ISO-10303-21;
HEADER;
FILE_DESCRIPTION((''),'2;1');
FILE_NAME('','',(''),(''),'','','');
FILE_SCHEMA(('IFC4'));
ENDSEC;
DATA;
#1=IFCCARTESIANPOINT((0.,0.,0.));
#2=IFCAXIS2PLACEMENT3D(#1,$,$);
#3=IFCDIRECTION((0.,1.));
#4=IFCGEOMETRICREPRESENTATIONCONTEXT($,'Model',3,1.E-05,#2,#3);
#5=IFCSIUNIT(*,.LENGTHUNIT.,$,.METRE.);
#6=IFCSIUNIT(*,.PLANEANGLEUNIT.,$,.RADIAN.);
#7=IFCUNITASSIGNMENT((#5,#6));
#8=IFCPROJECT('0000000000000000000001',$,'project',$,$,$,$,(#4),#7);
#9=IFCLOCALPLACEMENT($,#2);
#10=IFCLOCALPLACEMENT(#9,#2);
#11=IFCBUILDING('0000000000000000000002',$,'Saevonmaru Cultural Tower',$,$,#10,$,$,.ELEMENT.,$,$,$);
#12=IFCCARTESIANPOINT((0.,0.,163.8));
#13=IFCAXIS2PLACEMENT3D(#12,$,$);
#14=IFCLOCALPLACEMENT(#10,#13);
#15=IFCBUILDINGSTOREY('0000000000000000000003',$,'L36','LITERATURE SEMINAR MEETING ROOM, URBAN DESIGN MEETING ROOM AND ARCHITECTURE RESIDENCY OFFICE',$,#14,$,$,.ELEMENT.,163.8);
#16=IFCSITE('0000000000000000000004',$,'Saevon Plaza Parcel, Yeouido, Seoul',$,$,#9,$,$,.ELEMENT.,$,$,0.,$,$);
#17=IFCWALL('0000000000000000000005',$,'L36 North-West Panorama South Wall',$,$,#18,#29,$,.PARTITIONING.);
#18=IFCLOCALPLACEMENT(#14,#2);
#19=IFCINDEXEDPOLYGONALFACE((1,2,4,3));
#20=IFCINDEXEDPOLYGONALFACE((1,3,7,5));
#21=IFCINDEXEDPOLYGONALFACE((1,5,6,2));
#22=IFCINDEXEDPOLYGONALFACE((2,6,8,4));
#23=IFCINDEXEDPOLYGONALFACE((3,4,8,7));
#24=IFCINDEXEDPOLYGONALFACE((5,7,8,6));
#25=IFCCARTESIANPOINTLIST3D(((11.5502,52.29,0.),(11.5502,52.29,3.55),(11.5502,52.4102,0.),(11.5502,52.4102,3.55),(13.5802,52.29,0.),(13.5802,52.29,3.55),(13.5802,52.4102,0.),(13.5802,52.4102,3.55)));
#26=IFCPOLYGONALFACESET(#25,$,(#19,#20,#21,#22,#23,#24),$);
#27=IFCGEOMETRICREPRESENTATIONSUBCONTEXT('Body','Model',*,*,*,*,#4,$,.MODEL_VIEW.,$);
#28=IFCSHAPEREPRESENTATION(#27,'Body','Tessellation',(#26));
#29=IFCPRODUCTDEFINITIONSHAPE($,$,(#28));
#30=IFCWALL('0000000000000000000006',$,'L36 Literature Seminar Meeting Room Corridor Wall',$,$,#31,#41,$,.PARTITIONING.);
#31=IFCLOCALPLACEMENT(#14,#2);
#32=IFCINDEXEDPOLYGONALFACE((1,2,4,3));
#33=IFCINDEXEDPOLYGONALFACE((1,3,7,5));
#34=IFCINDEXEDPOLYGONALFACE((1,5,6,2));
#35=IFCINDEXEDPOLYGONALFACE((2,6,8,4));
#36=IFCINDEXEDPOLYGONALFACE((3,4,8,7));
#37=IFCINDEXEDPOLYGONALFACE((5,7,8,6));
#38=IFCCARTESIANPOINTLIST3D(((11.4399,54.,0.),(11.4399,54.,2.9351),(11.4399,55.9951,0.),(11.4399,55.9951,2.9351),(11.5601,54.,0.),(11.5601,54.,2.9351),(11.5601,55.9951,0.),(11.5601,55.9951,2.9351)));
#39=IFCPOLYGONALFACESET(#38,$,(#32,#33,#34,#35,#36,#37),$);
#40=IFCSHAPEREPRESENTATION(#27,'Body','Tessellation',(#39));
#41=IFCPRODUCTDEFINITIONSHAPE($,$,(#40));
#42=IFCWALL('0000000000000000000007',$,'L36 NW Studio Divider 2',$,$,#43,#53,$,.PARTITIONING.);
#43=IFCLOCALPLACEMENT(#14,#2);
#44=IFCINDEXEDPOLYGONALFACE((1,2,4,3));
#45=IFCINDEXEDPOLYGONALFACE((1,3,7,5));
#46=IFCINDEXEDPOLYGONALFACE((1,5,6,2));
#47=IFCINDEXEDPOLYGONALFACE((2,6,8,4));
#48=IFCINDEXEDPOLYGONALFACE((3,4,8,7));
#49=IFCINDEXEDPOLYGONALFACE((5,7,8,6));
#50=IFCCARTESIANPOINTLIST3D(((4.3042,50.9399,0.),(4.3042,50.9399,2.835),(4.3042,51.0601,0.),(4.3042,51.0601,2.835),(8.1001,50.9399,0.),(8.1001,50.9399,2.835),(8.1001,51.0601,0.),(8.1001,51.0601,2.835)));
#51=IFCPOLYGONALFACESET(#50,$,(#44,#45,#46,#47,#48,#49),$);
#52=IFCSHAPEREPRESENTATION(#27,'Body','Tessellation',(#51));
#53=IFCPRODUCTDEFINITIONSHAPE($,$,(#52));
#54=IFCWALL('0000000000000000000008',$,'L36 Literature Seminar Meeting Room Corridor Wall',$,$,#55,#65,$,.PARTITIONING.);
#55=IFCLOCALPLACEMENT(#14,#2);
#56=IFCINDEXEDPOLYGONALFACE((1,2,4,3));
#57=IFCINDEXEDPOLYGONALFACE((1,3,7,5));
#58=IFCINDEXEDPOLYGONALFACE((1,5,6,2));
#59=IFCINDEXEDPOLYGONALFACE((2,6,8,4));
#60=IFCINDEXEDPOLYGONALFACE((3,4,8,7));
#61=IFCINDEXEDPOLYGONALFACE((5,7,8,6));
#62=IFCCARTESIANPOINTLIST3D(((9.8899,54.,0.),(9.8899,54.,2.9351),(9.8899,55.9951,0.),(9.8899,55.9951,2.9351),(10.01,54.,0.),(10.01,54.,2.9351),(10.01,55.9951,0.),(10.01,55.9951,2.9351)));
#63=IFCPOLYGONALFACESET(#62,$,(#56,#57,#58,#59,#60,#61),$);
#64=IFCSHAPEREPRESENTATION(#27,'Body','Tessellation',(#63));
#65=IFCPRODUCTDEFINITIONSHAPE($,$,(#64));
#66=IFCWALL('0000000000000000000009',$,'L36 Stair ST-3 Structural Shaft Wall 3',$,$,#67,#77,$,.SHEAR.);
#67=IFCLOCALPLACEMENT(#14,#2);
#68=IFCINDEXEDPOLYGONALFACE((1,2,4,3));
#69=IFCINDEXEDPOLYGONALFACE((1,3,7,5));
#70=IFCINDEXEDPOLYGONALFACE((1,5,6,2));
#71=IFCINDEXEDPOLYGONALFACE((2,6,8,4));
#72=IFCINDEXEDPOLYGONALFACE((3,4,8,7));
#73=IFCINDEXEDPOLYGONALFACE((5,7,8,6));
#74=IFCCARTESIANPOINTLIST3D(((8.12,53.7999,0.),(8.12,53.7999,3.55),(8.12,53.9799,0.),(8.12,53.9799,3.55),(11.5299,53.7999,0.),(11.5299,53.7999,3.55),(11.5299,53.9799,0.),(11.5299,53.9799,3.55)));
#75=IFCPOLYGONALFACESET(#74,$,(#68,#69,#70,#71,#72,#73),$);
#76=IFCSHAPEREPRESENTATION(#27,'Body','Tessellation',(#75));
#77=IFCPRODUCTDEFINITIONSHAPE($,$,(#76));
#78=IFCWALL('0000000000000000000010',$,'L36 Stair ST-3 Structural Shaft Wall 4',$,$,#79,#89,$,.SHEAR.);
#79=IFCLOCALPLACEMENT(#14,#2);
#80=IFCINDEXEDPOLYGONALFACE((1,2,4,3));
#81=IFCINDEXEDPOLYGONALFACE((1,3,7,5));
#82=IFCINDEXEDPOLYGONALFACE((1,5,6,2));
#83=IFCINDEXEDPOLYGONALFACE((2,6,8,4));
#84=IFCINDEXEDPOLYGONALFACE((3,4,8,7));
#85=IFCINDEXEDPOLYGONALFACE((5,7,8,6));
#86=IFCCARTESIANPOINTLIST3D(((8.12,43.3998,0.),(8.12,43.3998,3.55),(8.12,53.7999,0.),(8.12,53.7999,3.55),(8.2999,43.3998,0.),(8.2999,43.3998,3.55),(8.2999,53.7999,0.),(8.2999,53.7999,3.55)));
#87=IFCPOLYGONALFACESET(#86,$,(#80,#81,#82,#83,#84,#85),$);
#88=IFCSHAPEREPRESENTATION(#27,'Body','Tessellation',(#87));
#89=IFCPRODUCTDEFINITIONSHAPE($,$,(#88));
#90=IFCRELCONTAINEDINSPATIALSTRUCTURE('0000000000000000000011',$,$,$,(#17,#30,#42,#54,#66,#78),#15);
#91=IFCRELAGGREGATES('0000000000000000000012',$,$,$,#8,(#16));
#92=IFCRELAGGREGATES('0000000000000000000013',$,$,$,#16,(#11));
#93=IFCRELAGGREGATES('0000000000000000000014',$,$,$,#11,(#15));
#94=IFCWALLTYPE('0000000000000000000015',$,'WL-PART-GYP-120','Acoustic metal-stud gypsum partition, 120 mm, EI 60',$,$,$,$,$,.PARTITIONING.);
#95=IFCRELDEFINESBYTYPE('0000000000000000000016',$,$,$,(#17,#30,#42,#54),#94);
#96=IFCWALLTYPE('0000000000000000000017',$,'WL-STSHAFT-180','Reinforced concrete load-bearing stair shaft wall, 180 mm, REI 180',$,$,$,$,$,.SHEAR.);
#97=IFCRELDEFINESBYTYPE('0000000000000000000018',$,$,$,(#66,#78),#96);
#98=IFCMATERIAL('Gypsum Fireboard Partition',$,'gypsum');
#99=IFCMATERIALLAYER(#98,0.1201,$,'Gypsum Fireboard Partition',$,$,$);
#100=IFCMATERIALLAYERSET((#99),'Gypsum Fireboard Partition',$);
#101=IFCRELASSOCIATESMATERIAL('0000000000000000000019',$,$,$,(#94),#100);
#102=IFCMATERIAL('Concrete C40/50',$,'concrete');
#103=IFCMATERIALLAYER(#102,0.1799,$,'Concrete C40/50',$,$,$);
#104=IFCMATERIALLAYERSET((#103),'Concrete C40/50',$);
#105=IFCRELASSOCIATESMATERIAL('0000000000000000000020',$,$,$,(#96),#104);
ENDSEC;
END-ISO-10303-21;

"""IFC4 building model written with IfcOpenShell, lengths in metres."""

from ifc_helpers import new_model, si_unit, direction, frame, frame_2d, origin, place, context, subcontext, project, spatial, rectangle, extrude, material, layer, layer_set, type_object, element, save


model = new_model("IFC4")

# Units and contexts
model_context = context("Model", 3, precision=1e-05, world=origin(), true_north=direction((0.0, 1.0)))
body_context = subcontext(model_context, "Body", "Model", "MODEL_VIEW")
ifc_project = project(units=[si_unit("LENGTHUNIT", "METRE"), si_unit("PLANEANGLEUNIT", "RADIAN")], contexts=[model_context])

# Site, building, storey
site_placement = place(None, origin())
site = spatial("IfcSite", under=ifc_project, at=site_placement, Name="Saevon Plaza Parcel, Yeouido, Seoul", CompositionType="ELEMENT", RefElevation=0.0)
building_placement = place(site_placement, origin())
building = spatial("IfcBuilding", under=site, at=building_placement, Name="Saevonmaru Cultural Tower", CompositionType="ELEMENT")
storey_placement = place(building_placement, frame((0.0, 0.0, 163.8)))
storey = spatial("IfcBuildingStorey", under=building, at=storey_placement, Name="L36", Description="LITERATURE SEMINAR MEETING ROOM, URBAN DESIGN MEETING ROOM AND ARCHITECTURE RESIDENCY OFFICE", CompositionType="ELEMENT", Elevation=163.8)

# Walls
ifc_material_1 = material(Name="Gypsum Fireboard Partition", Category="gypsum")
ifc_layer_1 = layer(ifc_material_1, 0.1201, Name="Gypsum Fireboard Partition")
ifc_layer_set_1 = layer_set([ifc_layer_1], Name="Gypsum Fireboard Partition")
wall_type_1 = type_object("IfcWallType", Name="WL-PART-GYP-120", Description="Acoustic metal-stud gypsum partition, 120 mm, EI 60", PredefinedType="PARTITIONING", material=ifc_layer_set_1)
wall_1_placement = place(storey_placement, frame((11.55, 52.3501, 0.0), z_axis=(0.0, 0.0, 1.0), x_axis=(1.0, 0.0, 0.0)))
element("IfcWall", 1, at=wall_1_placement, inside=storey, type_object=wall_type_1, Name="L36 North-West Panorama South Wall", PredefinedType="PARTITIONING", context=body_context, shape_type="SweptSolid", body=[
    extrude(rectangle(XDim=2.03, YDim=0.1201, at=frame_2d((1.0151, 0.0))), origin(), (0.0, 0.0, 1.0), 3.55),
])
wall_2_placement = place(storey_placement, frame((11.5, 54.0, 0.0), z_axis=(0.0, 0.0, 1.0), x_axis=(0.0, 1.0, 0.0)))
element("IfcWall", 2, at=wall_2_placement, inside=storey, type_object=wall_type_1, Name="L36 Literature Seminar Meeting Room Corridor Wall", PredefinedType="PARTITIONING", context=body_context, shape_type="SweptSolid", body=[
    extrude(rectangle(XDim=1.9951, YDim=0.1201, at=frame_2d((0.9976, 0.0))), origin(), (0.0, 0.0, 1.0), 2.9351),
])
wall_3_placement = place(storey_placement, frame((4.3042, 51.0, 0.0), z_axis=(0.0, 0.0, 1.0), x_axis=(1.0, 0.0, 0.0)))
element("IfcWall", 3, at=wall_3_placement, inside=storey, type_object=wall_type_1, Name="L36 NW Studio Divider 2", PredefinedType="PARTITIONING", context=body_context, shape_type="SweptSolid", body=[
    extrude(rectangle(XDim=3.7959, YDim=0.1201, at=frame_2d((1.8979, 0.0))), origin(), (0.0, 0.0, 1.0), 2.835),
])
wall_4_placement = place(storey_placement, frame((9.95, 54.0, 0.0), z_axis=(0.0, 0.0, 1.0), x_axis=(0.0, 1.0, 0.0)))
element("IfcWall", 4, at=wall_4_placement, inside=storey, type_object=wall_type_1, Name="L36 Literature Seminar Meeting Room Corridor Wall", PredefinedType="PARTITIONING", context=body_context, shape_type="SweptSolid", body=[
    extrude(rectangle(XDim=1.9951, YDim=0.1201, at=frame_2d((0.9976, 0.0))), origin(), (0.0, 0.0, 1.0), 2.9351),
])
ifc_material_2 = material(Name="Concrete C40/50", Category="concrete")
ifc_layer_2 = layer(ifc_material_2, 0.1799, Name="Concrete C40/50")
ifc_layer_set_2 = layer_set([ifc_layer_2], Name="Concrete C40/50")
wall_type_2 = type_object("IfcWallType", Name="WL-STSHAFT-180", Description="Reinforced concrete load-bearing stair shaft wall, 180 mm, REI 180", PredefinedType="SHEAR", material=ifc_layer_set_2)
wall_5_placement = place(storey_placement, frame((11.53, 53.8899, 0.0), z_axis=(0.0, 0.0, 1.0), x_axis=(-1.0, 0.0, 0.0)))
element("IfcWall", 5, at=wall_5_placement, inside=storey, type_object=wall_type_2, Name="L36 Stair ST-3 Structural Shaft Wall 3", PredefinedType="SHEAR", context=body_context, shape_type="SweptSolid", body=[
    extrude(rectangle(XDim=3.4099, YDim=0.1799, at=frame_2d((1.7051, 0.0))), origin(), (0.0, 0.0, 1.0), 3.55),
])
wall_6_placement = place(storey_placement, frame((8.21, 53.8, 0.0), z_axis=(0.0, 0.0, 1.0), x_axis=(0.0, -1.0, 0.0)))
element("IfcWall", 6, at=wall_6_placement, inside=storey, type_object=wall_type_2, Name="L36 Stair ST-3 Structural Shaft Wall 4", PredefinedType="SHEAR", context=body_context, shape_type="SweptSolid", body=[
    extrude(rectangle(XDim=10.4001, YDim=0.1799, at=frame_2d((5.2002, 0.0))), origin(), (0.0, 0.0, 1.0), 3.55),
])

save(model, "model.ifc")
